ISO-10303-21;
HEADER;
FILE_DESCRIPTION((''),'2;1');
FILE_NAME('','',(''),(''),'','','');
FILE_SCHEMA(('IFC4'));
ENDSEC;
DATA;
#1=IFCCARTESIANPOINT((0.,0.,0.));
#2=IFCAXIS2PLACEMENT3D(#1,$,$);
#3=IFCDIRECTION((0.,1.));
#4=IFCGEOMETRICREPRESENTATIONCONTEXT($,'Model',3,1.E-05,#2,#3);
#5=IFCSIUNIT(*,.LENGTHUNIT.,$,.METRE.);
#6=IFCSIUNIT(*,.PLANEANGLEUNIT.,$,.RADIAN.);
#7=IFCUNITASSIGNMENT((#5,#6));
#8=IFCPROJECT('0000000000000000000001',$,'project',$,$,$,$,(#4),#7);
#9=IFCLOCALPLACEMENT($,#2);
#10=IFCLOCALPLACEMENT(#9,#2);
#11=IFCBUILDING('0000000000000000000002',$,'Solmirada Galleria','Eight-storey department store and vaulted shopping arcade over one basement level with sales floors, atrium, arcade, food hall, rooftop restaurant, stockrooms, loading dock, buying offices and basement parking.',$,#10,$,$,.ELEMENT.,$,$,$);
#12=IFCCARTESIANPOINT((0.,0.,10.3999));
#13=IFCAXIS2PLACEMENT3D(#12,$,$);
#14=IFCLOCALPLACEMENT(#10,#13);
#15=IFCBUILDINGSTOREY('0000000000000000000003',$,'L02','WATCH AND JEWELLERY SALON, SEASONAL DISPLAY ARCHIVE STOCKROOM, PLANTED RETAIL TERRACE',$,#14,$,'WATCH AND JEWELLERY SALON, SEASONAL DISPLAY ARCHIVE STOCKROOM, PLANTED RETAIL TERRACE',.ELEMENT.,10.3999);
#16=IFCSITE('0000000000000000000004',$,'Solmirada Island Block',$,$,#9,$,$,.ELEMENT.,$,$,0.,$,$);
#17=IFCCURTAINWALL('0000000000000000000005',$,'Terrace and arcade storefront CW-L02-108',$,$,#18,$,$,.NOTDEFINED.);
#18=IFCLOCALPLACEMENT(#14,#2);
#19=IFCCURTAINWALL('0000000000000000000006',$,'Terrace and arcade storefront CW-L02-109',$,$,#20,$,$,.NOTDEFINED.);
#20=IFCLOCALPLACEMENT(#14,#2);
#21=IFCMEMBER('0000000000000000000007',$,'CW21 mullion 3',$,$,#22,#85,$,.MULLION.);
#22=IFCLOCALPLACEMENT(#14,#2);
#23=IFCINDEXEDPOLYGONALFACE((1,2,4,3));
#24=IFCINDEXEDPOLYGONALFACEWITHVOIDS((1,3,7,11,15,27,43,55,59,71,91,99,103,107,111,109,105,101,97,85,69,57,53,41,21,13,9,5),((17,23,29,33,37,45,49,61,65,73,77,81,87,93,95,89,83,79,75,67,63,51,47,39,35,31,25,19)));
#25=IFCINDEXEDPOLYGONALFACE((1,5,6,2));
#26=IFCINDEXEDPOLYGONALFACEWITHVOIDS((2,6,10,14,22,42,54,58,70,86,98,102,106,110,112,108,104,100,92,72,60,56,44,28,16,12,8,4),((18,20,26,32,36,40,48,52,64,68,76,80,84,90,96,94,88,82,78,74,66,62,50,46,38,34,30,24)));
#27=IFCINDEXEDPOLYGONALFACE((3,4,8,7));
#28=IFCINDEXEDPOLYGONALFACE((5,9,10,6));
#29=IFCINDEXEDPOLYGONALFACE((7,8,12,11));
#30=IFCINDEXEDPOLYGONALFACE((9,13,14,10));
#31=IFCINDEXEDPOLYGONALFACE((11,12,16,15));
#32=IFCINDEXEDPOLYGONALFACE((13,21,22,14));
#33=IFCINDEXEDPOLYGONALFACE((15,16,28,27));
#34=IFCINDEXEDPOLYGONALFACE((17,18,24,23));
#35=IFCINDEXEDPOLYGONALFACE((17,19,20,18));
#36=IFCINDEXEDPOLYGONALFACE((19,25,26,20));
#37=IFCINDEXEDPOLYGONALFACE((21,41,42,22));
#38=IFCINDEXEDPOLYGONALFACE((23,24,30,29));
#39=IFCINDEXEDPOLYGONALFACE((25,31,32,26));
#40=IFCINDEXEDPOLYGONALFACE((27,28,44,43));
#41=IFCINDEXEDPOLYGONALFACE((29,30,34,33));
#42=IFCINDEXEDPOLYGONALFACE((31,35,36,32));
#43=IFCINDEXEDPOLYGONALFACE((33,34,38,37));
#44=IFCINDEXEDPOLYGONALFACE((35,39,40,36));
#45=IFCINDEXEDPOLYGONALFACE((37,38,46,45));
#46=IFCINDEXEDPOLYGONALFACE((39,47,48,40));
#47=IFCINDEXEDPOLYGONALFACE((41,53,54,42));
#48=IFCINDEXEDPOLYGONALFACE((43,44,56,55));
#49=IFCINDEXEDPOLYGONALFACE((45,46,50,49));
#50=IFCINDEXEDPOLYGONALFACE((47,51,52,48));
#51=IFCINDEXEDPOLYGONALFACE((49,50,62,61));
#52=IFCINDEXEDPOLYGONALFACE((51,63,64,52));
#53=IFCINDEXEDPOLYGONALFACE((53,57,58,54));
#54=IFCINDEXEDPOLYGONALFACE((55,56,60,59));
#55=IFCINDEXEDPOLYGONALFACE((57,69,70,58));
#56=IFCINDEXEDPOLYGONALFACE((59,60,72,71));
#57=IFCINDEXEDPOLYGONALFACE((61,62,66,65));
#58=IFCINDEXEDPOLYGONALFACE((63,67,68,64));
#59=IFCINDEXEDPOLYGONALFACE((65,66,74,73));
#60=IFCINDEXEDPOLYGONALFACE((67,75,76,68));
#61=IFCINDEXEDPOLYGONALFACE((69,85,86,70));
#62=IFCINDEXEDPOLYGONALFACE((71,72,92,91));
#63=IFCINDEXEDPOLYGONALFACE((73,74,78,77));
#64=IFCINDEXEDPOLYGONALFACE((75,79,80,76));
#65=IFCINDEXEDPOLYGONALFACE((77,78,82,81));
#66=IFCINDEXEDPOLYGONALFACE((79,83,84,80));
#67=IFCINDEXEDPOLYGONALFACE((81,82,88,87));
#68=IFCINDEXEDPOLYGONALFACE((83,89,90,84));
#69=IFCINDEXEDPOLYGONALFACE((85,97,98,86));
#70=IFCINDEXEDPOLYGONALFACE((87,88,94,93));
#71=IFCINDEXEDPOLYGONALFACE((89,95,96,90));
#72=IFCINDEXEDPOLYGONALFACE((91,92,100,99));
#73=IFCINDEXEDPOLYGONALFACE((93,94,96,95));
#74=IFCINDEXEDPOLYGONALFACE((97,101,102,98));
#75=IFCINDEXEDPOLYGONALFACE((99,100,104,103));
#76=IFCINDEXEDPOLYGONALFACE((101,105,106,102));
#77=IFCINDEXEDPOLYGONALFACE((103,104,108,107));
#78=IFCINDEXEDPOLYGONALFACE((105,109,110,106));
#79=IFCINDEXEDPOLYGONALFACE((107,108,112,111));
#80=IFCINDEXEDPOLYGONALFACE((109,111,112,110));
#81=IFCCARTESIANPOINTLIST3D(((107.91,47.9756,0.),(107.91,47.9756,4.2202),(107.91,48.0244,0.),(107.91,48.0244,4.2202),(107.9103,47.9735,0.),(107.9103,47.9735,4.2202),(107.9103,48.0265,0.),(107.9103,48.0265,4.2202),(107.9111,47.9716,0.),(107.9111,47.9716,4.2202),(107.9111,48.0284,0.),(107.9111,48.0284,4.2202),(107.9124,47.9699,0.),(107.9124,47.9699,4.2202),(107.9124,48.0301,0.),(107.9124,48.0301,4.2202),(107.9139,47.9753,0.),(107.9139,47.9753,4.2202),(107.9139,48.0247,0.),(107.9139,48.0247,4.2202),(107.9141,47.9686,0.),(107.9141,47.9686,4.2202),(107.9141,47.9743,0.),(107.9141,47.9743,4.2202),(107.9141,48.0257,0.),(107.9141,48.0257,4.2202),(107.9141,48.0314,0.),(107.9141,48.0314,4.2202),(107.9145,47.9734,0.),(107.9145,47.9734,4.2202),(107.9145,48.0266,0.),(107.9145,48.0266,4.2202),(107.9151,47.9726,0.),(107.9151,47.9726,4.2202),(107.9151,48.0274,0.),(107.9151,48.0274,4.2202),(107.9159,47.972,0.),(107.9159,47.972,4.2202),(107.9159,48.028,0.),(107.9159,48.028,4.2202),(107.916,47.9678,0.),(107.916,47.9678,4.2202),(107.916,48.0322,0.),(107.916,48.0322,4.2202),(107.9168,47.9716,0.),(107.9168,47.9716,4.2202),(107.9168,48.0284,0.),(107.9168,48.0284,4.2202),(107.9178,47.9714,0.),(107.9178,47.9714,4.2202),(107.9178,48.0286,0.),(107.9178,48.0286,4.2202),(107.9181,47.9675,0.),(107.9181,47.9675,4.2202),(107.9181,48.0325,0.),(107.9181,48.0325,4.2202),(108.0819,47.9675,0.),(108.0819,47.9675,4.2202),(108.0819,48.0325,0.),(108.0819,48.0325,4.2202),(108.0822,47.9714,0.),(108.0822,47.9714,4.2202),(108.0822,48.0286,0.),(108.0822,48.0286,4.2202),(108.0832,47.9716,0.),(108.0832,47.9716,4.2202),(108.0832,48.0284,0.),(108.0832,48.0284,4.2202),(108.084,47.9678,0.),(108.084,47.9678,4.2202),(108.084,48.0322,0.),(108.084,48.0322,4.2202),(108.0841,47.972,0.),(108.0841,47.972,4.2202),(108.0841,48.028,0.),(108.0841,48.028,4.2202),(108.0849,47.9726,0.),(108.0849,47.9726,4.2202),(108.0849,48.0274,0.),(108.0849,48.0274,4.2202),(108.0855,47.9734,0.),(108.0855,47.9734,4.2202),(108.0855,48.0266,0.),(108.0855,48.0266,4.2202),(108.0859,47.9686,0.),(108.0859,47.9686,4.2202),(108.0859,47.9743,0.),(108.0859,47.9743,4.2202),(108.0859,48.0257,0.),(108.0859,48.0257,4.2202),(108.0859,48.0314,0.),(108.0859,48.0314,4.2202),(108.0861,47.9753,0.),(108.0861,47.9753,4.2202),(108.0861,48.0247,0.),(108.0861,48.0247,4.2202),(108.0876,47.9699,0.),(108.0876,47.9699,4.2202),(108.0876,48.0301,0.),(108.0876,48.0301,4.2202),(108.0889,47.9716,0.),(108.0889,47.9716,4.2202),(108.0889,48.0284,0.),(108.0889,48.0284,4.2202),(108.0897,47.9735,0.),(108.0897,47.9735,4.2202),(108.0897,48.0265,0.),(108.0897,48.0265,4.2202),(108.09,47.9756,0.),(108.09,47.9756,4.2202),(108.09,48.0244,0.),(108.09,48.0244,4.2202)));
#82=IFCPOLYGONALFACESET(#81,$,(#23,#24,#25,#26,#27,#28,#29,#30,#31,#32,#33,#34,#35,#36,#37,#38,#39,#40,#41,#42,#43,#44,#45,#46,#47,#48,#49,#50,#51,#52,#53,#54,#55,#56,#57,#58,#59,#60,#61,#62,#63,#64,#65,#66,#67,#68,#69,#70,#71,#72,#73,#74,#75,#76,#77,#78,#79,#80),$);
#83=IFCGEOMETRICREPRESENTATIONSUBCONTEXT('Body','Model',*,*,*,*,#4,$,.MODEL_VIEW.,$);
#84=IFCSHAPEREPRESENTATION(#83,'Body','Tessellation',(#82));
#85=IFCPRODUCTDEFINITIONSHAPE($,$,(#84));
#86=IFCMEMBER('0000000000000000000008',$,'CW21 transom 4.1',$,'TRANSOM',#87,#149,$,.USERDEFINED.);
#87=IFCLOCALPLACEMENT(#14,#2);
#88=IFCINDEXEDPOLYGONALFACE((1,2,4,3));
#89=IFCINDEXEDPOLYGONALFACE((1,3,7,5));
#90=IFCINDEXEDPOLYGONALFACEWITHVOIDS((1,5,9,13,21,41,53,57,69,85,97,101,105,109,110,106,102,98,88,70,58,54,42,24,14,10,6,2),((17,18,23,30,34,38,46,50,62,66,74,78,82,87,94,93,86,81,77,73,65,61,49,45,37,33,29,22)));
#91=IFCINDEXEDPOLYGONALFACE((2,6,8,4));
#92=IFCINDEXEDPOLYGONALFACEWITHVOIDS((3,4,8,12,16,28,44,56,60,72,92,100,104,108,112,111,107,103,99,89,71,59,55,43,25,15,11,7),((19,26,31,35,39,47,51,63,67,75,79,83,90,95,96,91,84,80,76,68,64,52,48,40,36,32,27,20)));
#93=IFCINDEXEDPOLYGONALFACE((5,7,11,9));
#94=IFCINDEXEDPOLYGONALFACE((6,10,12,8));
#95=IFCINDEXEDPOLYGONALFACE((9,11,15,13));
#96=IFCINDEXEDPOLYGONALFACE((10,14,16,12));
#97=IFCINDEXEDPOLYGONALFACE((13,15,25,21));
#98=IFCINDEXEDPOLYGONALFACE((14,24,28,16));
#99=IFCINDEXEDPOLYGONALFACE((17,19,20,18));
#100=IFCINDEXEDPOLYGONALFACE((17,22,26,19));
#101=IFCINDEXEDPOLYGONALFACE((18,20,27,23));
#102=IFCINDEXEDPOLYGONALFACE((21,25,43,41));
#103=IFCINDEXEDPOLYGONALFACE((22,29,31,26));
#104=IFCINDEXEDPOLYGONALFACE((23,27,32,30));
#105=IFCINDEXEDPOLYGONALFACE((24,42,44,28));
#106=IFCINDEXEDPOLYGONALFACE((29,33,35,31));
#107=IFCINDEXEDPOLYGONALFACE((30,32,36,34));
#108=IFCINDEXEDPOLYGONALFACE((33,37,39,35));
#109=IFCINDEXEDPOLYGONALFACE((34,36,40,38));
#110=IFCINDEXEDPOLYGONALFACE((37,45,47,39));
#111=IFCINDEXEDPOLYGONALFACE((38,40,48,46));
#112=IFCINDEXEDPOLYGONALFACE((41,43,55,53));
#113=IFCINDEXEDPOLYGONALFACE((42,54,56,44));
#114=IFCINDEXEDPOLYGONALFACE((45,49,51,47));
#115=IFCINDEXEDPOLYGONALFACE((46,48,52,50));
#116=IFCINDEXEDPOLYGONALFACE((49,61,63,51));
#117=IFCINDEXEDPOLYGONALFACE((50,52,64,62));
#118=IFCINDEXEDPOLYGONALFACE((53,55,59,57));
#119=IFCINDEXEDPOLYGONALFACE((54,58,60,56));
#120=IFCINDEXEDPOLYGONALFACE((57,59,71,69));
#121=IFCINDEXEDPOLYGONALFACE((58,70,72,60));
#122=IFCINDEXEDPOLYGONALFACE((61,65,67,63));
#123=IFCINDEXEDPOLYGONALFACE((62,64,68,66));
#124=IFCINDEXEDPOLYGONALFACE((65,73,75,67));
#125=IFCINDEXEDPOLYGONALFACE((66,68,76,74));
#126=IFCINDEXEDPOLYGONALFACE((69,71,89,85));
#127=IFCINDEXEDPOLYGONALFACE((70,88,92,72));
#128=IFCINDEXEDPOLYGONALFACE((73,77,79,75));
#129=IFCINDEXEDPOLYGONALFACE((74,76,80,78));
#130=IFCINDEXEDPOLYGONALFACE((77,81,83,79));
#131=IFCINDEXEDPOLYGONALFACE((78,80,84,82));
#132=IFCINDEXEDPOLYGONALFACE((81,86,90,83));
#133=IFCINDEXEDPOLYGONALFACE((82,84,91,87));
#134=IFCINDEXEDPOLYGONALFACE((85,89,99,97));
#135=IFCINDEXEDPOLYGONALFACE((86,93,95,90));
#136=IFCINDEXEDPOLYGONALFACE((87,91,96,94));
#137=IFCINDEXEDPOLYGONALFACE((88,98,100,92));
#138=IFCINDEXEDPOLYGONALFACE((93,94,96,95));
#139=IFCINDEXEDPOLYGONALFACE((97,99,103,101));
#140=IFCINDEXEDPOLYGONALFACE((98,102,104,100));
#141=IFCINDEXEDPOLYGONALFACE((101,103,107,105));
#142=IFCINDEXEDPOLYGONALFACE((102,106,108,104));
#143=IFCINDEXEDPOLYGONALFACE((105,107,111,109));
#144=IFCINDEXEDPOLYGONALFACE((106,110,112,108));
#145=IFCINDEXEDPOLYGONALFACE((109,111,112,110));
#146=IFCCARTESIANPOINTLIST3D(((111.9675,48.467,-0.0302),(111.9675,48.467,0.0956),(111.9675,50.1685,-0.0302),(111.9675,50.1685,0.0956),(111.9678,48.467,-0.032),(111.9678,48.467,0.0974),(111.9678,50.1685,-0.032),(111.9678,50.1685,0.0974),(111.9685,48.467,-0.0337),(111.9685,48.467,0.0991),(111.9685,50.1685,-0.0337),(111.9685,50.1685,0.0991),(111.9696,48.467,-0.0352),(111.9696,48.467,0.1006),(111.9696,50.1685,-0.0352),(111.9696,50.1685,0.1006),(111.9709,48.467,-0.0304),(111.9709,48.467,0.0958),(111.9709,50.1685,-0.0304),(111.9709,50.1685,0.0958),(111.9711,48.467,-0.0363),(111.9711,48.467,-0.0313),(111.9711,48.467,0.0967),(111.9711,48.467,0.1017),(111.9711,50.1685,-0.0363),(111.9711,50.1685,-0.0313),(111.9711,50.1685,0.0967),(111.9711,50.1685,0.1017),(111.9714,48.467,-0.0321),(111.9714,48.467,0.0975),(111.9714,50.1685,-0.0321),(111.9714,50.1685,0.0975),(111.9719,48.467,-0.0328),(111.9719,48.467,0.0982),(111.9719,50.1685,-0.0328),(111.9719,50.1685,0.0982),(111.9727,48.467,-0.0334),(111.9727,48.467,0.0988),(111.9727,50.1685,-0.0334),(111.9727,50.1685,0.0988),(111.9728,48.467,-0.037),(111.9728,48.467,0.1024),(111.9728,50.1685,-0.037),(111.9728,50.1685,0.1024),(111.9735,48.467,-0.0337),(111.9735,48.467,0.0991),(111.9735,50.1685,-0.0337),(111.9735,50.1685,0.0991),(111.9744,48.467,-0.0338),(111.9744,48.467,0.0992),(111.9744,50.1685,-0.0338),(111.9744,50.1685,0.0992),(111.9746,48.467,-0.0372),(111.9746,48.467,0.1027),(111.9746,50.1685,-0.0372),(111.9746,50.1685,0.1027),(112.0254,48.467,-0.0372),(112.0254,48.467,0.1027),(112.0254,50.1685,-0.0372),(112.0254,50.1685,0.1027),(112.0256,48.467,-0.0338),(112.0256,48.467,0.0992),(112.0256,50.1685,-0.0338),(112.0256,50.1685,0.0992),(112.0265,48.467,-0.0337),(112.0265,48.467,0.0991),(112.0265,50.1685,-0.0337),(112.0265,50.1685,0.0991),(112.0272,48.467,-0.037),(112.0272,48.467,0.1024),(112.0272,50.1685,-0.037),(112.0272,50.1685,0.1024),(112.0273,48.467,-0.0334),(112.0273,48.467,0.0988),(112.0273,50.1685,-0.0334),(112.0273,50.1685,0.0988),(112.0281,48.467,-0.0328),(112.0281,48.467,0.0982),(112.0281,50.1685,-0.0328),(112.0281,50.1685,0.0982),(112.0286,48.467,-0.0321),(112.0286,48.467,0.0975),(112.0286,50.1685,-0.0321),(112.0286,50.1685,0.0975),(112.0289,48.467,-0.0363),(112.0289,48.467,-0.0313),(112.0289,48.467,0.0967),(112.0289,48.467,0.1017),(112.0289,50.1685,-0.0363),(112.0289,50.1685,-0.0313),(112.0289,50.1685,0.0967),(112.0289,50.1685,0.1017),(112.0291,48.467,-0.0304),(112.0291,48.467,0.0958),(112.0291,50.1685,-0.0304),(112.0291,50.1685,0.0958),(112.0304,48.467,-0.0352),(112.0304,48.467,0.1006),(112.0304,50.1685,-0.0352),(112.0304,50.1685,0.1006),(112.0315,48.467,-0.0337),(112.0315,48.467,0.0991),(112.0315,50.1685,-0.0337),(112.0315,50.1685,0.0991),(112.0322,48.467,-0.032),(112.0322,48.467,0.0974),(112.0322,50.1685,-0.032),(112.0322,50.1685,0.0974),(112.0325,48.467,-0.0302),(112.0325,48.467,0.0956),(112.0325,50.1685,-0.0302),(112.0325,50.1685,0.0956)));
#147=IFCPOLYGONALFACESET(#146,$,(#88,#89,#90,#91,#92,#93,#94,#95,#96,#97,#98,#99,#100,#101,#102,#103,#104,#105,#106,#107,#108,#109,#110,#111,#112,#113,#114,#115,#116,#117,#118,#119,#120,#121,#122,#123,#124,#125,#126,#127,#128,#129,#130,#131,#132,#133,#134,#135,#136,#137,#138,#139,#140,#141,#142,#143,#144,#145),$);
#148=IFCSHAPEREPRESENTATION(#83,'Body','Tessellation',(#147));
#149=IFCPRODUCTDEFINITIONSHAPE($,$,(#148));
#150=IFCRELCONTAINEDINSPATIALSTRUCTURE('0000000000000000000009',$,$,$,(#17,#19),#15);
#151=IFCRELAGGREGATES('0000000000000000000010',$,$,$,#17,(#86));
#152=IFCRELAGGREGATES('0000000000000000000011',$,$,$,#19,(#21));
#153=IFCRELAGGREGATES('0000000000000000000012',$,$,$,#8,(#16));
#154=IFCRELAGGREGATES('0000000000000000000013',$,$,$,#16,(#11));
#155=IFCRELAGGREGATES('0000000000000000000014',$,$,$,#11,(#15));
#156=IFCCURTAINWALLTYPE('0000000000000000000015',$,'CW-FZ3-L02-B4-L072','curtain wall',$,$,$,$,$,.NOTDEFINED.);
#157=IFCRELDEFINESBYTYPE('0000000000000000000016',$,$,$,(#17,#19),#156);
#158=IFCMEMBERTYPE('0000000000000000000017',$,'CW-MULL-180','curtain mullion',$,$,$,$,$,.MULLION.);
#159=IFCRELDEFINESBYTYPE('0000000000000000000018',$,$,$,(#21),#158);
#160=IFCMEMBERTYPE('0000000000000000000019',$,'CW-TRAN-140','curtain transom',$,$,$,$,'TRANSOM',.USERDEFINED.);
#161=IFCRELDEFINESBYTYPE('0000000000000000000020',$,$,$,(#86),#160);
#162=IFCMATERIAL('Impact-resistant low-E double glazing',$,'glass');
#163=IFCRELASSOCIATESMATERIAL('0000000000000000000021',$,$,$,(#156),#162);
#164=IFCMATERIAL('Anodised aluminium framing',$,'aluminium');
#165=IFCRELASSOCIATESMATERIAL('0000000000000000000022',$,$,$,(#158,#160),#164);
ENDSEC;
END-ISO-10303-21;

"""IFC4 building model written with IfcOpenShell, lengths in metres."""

from ifc_helpers import new_model, si_unit, direction, frame, origin, origin_2d, place, context, subcontext, project, spatial, hollow_rectangle, extrude, material, material_profile, profile_set, type_object, element, aggregate, save


model = new_model("IFC4")

# Units and contexts
model_context = context("Model", 3, precision=1e-05, world=origin(), true_north=direction((0.0, 1.0)))
body_context = subcontext(model_context, "Body", "Model", "MODEL_VIEW")
ifc_project = project(units=[si_unit("LENGTHUNIT", "METRE"), si_unit("PLANEANGLEUNIT", "RADIAN")], contexts=[model_context])

# Site, building, storey
site_placement = place(None, origin())
site = spatial("IfcSite", under=ifc_project, at=site_placement, Name="Solmirada Island Block", CompositionType="ELEMENT", RefElevation=0.0)
building_placement = place(site_placement, origin())
building = spatial("IfcBuilding", under=site, at=building_placement, Name="Solmirada Galleria", Description="Eight-storey department store and vaulted shopping arcade over one basement level with sales floors, atrium, arcade, food hall, rooftop restaurant, stockrooms, loading dock, buying offices and basement parking.", CompositionType="ELEMENT")
storey_placement = place(building_placement, frame((0.0, 0.0, 10.3999)))
storey = spatial("IfcBuildingStorey", under=building, at=storey_placement, Name="L02", Description="WATCH AND JEWELLERY SALON, SEASONAL DISPLAY ARCHIVE STOCKROOM, PLANTED RETAIL TERRACE", LongName="WATCH AND JEWELLERY SALON, SEASONAL DISPLAY ARCHIVE STOCKROOM, PLANTED RETAIL TERRACE", CompositionType="ELEMENT", Elevation=10.3999)

# Curtain walls, member
ifc_material_1 = material(Name="Impact-resistant low-E double glazing", Category="glass")
curtain_wall_type = type_object("IfcCurtainWallType", Name="CW-FZ3-L02-B4-L072", Description="curtain wall", PredefinedType="NOTDEFINED", material=ifc_material_1)
curtain_wall_1_placement = place(storey_placement, origin())
curtain_wall_1 = element("IfcCurtainWall", 1, at=curtain_wall_1_placement, inside=storey, type_object=curtain_wall_type, Name="Terrace and arcade storefront CW-L02-108", PredefinedType="NOTDEFINED")
ifc_material_2 = material(Name="Anodised aluminium framing", Category="aluminium")
ifc_material_profile_1 = material_profile(ifc_material_2, hollow_rectangle(XDim=0.0649, YDim=0.1799, WallThickness=0.0039, InnerFilletRadius=0.0039, OuterFilletRadius=0.0081, at=origin_2d()), Name="ALU-MULL-180X65")
ifc_profile_set_1 = profile_set([ifc_material_profile_1], Name="Anodised aluminium framing")
member_type_1 = type_object("IfcMemberType", Name="CW-MULL-180", Description="curtain mullion", PredefinedType="MULLION", material=ifc_profile_set_1)
curtain_wall_2_placement = place(storey_placement, origin())
curtain_wall_2 = element("IfcCurtainWall", 2, at=curtain_wall_2_placement, inside=storey, type_object=curtain_wall_type, Name="Terrace and arcade storefront CW-L02-109", PredefinedType="NOTDEFINED")
member_1_placement = place(storey_placement, frame((108.0, 48.0, 0.0), z_axis=(0.0, 0.0, 1.0), x_axis=(0.0, -1.0, 0.0)))
member_1 = element("IfcMember", 3, at=member_1_placement, type_object=member_type_1, Name="CW21 mullion 3", PredefinedType="MULLION", context=body_context, shape_type="SweptSolid", body=[
    extrude(hollow_rectangle(XDim=0.0649, YDim=0.1799, WallThickness=0.0039, InnerFilletRadius=0.0039, OuterFilletRadius=0.0081, at=origin_2d()), origin(), (0.0, 0.0, 1.0), 4.2202),
])

# Member
ifc_material_profile_2 = material_profile(ifc_material_2, hollow_rectangle(XDim=0.0649, YDim=0.1399, WallThickness=0.0034, InnerFilletRadius=0.0034, OuterFilletRadius=0.0071, at=origin_2d()), Name="ALU-TRAN-140X65")
ifc_profile_set_2 = profile_set([ifc_material_profile_2], Name="Anodised aluminium framing")
member_type_2 = type_object("IfcMemberType", Name="CW-TRAN-140", Description="curtain transom", ElementType="TRANSOM", PredefinedType="USERDEFINED", material=ifc_profile_set_2)
member_2_placement = place(storey_placement, frame((112.0, 50.1685, 0.0327), z_axis=(0.0, -1.0, 0.0), x_axis=(1.0, 0.0, 0.0)))
member_2 = element("IfcMember", 4, at=member_2_placement, type_object=member_type_2, Name="CW21 transom 4.1", ObjectType="TRANSOM", PredefinedType="USERDEFINED", context=body_context, shape_type="SweptSolid", body=[
    extrude(hollow_rectangle(XDim=0.0649, YDim=0.1399, WallThickness=0.0034, InnerFilletRadius=0.0034, OuterFilletRadius=0.0071, at=origin_2d()), origin(), (0.0, 0.0, 1.0), 1.7014),
])

aggregate(curtain_wall_1, [member_2])
aggregate(curtain_wall_2, [member_1])

save(model, "model.ifc")
